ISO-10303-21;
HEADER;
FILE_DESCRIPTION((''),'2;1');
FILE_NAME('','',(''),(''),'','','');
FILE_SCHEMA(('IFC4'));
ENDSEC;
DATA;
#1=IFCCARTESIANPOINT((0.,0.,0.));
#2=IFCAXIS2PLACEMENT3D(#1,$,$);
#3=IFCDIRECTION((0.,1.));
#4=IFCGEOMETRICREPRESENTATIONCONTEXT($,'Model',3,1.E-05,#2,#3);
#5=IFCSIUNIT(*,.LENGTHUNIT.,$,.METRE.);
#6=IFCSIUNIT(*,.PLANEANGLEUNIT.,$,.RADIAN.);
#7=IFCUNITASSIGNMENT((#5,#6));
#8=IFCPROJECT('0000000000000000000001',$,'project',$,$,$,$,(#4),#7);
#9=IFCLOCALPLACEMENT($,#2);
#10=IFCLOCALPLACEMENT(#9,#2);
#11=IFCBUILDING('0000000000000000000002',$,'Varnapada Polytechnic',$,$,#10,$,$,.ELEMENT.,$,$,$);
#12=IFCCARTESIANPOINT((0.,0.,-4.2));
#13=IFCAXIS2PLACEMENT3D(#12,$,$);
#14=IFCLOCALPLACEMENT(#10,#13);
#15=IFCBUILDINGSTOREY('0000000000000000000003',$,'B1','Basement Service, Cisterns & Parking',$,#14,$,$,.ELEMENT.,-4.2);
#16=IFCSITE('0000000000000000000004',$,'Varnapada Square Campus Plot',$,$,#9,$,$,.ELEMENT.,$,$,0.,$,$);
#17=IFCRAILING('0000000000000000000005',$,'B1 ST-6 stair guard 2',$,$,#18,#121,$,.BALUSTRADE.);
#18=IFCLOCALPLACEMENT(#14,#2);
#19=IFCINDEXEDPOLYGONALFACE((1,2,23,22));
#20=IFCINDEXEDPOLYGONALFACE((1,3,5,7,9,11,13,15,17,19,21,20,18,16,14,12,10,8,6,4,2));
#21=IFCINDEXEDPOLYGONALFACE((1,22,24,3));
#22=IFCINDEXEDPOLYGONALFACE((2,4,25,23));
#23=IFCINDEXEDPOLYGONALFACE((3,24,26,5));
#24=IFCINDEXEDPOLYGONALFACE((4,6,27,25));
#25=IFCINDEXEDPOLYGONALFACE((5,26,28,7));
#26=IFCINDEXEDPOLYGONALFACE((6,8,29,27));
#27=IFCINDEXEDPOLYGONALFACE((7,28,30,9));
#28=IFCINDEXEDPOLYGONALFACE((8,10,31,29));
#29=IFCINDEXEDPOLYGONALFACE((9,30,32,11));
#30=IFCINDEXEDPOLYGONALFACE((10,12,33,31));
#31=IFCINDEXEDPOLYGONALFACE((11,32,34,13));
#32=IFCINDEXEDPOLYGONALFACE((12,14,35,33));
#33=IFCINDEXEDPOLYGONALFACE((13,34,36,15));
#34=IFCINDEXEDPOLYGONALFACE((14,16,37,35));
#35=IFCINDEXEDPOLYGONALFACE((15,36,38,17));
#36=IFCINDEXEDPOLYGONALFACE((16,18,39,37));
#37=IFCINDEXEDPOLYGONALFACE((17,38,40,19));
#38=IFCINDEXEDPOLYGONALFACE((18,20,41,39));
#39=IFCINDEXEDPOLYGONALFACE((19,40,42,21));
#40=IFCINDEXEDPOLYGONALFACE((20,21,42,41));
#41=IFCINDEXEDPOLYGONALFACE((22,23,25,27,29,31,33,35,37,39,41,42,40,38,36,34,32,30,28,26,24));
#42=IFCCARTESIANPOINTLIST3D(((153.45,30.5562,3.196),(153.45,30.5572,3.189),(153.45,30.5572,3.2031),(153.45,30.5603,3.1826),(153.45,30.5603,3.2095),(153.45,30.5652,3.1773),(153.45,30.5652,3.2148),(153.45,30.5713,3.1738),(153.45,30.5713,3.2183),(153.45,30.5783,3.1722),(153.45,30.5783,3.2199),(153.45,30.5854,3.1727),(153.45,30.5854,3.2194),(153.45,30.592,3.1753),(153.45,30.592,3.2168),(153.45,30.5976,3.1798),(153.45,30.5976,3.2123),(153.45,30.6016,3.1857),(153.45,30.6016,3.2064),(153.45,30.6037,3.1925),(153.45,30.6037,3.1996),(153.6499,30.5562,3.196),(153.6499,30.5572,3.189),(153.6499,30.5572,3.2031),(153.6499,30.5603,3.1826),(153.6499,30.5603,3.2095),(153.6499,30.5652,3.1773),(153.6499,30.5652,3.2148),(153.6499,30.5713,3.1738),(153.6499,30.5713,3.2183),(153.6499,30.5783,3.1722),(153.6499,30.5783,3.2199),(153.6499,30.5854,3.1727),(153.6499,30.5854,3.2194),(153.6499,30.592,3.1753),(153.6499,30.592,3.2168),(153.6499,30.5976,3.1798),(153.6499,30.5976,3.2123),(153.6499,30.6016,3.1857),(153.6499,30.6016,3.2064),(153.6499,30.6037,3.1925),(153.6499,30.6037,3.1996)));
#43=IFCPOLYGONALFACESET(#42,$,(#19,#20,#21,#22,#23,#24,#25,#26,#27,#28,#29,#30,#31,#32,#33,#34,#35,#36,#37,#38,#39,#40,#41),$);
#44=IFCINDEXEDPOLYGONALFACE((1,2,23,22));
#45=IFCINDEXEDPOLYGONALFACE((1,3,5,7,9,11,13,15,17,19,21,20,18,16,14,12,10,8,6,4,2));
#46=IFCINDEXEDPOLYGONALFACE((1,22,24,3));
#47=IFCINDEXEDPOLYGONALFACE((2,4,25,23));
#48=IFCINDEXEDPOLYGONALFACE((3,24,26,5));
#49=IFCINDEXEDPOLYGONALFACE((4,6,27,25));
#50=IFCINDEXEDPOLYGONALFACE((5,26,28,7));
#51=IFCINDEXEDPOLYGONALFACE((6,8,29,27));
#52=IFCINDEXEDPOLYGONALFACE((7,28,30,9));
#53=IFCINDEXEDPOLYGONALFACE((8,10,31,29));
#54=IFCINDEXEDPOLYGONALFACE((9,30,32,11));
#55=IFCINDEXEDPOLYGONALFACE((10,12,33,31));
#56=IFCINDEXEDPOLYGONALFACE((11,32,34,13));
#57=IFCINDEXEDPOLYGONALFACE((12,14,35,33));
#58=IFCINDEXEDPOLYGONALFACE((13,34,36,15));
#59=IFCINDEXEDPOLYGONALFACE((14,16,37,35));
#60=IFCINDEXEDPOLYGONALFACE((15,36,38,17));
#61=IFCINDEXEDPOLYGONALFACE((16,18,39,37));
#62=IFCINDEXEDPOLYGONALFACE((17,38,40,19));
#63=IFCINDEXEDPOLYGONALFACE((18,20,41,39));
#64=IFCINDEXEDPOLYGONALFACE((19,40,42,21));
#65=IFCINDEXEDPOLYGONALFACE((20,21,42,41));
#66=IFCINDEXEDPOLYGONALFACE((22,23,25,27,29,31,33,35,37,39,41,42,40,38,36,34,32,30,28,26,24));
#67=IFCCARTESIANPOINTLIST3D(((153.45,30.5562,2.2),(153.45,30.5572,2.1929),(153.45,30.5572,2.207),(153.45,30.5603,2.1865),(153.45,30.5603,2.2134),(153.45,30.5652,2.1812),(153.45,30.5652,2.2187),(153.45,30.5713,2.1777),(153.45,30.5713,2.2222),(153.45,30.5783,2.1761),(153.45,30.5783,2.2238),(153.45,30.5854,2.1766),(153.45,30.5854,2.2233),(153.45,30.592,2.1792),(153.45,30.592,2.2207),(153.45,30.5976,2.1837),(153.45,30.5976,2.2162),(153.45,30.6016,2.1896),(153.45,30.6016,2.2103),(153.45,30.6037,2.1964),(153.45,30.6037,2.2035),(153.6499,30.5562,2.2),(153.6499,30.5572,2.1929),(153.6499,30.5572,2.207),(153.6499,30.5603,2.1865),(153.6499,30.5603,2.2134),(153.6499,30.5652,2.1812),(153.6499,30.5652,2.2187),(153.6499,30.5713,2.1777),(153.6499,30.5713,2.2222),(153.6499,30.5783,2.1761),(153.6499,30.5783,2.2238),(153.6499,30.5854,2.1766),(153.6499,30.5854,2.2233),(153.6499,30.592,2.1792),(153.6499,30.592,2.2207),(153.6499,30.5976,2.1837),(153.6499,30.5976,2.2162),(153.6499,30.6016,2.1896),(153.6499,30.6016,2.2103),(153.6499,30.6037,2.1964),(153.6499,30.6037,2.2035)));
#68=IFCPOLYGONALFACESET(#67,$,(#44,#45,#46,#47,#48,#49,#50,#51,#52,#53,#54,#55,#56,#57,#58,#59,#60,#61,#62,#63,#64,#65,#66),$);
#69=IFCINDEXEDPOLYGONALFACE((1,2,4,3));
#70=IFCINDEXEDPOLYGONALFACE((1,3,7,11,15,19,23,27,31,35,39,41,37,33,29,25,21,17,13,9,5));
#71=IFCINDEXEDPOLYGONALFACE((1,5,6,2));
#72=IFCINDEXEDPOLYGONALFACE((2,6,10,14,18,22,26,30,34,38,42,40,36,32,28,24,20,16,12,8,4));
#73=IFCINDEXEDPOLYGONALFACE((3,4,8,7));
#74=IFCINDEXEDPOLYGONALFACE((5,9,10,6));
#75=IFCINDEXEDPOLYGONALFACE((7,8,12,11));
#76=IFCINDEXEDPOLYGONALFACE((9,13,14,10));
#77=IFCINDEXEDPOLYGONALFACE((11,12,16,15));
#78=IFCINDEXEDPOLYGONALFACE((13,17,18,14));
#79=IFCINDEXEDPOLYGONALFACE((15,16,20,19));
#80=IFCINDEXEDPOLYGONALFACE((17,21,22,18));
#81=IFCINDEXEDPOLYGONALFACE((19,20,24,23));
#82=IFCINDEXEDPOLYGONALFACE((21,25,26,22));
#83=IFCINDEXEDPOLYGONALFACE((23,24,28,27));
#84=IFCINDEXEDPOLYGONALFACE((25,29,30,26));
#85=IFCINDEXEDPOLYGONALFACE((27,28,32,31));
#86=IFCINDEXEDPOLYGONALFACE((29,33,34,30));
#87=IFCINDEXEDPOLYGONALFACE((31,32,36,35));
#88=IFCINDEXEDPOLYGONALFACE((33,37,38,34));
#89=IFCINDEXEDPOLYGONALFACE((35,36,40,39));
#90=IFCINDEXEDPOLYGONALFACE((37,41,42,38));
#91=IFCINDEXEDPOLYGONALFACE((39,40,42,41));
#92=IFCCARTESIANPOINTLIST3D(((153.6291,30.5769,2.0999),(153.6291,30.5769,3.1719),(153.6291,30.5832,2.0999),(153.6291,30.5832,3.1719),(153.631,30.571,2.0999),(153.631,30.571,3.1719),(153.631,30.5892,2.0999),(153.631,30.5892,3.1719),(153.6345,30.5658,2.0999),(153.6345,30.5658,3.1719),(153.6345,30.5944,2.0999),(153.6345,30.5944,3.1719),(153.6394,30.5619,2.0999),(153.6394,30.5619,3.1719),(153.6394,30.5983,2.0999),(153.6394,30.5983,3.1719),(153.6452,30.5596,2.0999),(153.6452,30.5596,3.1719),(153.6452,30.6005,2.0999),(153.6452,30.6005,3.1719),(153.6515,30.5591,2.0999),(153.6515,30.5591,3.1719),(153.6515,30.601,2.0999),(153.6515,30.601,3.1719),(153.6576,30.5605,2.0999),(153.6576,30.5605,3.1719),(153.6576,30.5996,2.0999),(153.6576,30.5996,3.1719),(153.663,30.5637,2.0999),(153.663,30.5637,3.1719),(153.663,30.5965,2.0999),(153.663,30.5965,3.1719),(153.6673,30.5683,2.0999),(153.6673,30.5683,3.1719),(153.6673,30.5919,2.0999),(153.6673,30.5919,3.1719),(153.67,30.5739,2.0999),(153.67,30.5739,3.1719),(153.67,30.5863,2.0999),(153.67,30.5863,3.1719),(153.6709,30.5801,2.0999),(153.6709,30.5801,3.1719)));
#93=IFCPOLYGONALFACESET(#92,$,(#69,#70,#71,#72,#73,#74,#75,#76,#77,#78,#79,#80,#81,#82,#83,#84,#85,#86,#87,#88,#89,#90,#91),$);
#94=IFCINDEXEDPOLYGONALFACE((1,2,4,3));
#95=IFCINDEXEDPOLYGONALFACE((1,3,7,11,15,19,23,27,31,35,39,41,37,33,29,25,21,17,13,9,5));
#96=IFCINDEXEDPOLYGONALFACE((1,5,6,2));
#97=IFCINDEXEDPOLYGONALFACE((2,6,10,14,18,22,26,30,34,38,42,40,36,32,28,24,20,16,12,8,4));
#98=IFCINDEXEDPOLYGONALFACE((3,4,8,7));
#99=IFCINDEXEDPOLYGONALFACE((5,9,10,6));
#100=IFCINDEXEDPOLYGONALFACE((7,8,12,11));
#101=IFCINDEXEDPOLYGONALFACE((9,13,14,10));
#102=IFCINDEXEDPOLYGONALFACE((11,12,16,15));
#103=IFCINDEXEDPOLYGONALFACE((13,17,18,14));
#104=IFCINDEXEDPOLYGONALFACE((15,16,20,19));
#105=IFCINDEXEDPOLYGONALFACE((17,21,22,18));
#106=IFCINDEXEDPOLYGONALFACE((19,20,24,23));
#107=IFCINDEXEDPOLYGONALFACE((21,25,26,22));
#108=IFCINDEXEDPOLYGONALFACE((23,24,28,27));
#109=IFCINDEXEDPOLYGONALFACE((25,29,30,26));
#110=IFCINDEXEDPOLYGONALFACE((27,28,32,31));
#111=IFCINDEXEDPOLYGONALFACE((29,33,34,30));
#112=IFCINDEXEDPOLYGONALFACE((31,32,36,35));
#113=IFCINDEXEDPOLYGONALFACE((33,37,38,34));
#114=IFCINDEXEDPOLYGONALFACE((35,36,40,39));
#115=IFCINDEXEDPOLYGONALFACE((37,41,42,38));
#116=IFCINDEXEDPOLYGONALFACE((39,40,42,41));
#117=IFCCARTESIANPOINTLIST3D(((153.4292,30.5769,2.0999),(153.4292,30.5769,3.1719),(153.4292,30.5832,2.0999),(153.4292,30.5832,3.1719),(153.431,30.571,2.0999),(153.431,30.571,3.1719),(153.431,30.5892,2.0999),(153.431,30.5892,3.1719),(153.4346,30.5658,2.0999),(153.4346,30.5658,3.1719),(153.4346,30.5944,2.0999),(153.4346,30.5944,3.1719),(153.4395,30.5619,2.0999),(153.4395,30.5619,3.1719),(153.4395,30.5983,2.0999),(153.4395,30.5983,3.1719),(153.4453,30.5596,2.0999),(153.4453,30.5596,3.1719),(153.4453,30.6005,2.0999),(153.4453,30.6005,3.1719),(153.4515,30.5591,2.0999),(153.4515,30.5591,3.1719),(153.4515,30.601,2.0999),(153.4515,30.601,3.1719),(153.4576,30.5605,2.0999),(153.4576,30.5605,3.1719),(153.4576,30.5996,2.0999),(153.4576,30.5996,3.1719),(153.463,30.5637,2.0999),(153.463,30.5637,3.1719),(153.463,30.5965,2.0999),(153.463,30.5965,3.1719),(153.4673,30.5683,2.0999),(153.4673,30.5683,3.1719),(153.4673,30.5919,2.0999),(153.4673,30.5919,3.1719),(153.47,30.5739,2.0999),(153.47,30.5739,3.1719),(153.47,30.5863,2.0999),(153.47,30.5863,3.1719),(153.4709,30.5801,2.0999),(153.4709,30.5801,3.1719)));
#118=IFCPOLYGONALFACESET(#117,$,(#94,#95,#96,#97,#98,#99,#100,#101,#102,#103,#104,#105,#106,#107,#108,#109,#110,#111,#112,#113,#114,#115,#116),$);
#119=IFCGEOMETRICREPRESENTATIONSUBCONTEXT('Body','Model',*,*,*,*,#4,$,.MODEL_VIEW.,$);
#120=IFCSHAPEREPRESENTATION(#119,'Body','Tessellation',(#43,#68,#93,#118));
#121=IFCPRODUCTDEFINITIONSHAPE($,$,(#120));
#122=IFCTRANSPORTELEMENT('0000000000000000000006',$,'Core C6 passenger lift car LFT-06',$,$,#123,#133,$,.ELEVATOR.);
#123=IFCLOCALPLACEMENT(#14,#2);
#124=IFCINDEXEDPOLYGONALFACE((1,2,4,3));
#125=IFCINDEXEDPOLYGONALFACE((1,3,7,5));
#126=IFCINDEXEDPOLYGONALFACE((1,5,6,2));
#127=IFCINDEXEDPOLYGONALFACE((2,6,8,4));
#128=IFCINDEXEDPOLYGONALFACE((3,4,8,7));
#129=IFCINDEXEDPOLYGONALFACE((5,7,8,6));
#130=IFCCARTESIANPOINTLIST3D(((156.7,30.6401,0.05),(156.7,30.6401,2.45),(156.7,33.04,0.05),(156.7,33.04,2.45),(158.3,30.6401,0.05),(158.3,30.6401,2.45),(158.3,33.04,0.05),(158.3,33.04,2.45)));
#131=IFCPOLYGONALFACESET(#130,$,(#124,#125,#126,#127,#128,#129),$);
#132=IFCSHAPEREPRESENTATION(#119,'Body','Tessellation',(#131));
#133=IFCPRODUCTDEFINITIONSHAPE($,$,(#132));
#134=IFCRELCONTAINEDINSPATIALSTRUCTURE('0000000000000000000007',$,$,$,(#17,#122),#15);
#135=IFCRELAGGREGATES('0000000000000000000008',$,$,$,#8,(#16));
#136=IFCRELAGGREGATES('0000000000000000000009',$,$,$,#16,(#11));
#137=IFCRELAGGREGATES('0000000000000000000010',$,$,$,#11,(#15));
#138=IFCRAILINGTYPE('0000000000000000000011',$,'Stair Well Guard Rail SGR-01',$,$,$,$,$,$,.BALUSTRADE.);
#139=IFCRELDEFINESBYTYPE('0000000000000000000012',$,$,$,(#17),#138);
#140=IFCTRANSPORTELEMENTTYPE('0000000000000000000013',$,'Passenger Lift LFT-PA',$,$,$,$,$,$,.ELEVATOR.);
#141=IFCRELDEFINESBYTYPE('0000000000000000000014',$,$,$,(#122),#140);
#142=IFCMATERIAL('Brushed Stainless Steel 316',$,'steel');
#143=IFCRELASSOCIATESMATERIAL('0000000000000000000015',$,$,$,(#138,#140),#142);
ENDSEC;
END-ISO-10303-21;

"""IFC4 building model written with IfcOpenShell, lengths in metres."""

from ifc_helpers import new_model, si_unit, direction, frame, origin, origin_2d, place, context, subcontext, project, spatial, rectangle, circle, extrude, material, type_object, element, save


model = new_model("IFC4")

# Units and contexts
model_context = context("Model", 3, precision=1e-05, world=origin(), true_north=direction((0.0, 1.0)))
body_context = subcontext(model_context, "Body", "Model", "MODEL_VIEW")
ifc_project = project(units=[si_unit("LENGTHUNIT", "METRE"), si_unit("PLANEANGLEUNIT", "RADIAN")], contexts=[model_context])

# Site, building, storey
site_placement = place(None, origin())
site = spatial("IfcSite", under=ifc_project, at=site_placement, Name="Varnapada Square Campus Plot", CompositionType="ELEMENT", RefElevation=0.0)
building_placement = place(site_placement, origin())
building = spatial("IfcBuilding", under=site, at=building_placement, Name="Varnapada Polytechnic", CompositionType="ELEMENT")
storey_placement = place(building_placement, frame((0.0, 0.0, -4.2)))
storey = spatial("IfcBuildingStorey", under=building, at=storey_placement, Name="B1", Description="Basement Service, Cisterns & Parking", CompositionType="ELEMENT", Elevation=-4.2)

# Railing
ifc_material_1 = material(Name="Brushed Stainless Steel 316", Category="steel")
railing_type = type_object("IfcRailingType", Name="Stair Well Guard Rail SGR-01", PredefinedType="BALUSTRADE", material=ifc_material_1)
railing_1_placement = place(storey_placement, frame((153.6499, 30.5801, 2.0999)))
element("IfcRailing", 1, at=railing_1_placement, inside=storey, type_object=railing_type, Name="B1 ST-6 stair guard 2", PredefinedType="BALUSTRADE", context=body_context, shape_type="SweptSolid", body=[
    extrude(circle(Radius=0.0239, at=origin_2d()), frame((0.0, 0.0, 1.0962), z_axis=(-1.0, 0.0, 0.0), x_axis=(0.0, -1.0, 0.0)), (0.0, 0.0, 1.0), 0.2),
    extrude(circle(Radius=0.0239, at=origin_2d()), frame((0.0, 0.0, 0.1001), z_axis=(-1.0, 0.0, 0.0), x_axis=(0.0, -1.0, 0.0)), (0.0, 0.0, 1.0), 0.2),
    extrude(circle(Radius=0.021, at=origin_2d()), origin(), (0.0, 0.0, 1.0), 1.072),
    extrude(circle(Radius=0.021, at=origin_2d()), frame((-0.2, 0.0, 0.0)), (0.0, 0.0, 1.0), 1.072),
])

# Transport element
transport_element_type = type_object("IfcTransportElementType", Name="Passenger Lift LFT-PA", PredefinedType="ELEVATOR", material=ifc_material_1)
transport_element_placement = place(storey_placement, frame((157.5, 31.8401, 0.05), z_axis=(0.0, 0.0, 1.0), x_axis=(1.0, 0.0, 0.0)))
element("IfcTransportElement", 2, at=transport_element_placement, inside=storey, type_object=transport_element_type, Name="Core C6 passenger lift car LFT-06", PredefinedType="ELEVATOR", context=body_context, shape_type="SweptSolid", body=[
    extrude(rectangle(XDim=1.6001, YDim=2.3999, at=origin_2d()), origin(), (0.0, 0.0, 1.0), 2.3999),
])

save(model, "model.ifc")
